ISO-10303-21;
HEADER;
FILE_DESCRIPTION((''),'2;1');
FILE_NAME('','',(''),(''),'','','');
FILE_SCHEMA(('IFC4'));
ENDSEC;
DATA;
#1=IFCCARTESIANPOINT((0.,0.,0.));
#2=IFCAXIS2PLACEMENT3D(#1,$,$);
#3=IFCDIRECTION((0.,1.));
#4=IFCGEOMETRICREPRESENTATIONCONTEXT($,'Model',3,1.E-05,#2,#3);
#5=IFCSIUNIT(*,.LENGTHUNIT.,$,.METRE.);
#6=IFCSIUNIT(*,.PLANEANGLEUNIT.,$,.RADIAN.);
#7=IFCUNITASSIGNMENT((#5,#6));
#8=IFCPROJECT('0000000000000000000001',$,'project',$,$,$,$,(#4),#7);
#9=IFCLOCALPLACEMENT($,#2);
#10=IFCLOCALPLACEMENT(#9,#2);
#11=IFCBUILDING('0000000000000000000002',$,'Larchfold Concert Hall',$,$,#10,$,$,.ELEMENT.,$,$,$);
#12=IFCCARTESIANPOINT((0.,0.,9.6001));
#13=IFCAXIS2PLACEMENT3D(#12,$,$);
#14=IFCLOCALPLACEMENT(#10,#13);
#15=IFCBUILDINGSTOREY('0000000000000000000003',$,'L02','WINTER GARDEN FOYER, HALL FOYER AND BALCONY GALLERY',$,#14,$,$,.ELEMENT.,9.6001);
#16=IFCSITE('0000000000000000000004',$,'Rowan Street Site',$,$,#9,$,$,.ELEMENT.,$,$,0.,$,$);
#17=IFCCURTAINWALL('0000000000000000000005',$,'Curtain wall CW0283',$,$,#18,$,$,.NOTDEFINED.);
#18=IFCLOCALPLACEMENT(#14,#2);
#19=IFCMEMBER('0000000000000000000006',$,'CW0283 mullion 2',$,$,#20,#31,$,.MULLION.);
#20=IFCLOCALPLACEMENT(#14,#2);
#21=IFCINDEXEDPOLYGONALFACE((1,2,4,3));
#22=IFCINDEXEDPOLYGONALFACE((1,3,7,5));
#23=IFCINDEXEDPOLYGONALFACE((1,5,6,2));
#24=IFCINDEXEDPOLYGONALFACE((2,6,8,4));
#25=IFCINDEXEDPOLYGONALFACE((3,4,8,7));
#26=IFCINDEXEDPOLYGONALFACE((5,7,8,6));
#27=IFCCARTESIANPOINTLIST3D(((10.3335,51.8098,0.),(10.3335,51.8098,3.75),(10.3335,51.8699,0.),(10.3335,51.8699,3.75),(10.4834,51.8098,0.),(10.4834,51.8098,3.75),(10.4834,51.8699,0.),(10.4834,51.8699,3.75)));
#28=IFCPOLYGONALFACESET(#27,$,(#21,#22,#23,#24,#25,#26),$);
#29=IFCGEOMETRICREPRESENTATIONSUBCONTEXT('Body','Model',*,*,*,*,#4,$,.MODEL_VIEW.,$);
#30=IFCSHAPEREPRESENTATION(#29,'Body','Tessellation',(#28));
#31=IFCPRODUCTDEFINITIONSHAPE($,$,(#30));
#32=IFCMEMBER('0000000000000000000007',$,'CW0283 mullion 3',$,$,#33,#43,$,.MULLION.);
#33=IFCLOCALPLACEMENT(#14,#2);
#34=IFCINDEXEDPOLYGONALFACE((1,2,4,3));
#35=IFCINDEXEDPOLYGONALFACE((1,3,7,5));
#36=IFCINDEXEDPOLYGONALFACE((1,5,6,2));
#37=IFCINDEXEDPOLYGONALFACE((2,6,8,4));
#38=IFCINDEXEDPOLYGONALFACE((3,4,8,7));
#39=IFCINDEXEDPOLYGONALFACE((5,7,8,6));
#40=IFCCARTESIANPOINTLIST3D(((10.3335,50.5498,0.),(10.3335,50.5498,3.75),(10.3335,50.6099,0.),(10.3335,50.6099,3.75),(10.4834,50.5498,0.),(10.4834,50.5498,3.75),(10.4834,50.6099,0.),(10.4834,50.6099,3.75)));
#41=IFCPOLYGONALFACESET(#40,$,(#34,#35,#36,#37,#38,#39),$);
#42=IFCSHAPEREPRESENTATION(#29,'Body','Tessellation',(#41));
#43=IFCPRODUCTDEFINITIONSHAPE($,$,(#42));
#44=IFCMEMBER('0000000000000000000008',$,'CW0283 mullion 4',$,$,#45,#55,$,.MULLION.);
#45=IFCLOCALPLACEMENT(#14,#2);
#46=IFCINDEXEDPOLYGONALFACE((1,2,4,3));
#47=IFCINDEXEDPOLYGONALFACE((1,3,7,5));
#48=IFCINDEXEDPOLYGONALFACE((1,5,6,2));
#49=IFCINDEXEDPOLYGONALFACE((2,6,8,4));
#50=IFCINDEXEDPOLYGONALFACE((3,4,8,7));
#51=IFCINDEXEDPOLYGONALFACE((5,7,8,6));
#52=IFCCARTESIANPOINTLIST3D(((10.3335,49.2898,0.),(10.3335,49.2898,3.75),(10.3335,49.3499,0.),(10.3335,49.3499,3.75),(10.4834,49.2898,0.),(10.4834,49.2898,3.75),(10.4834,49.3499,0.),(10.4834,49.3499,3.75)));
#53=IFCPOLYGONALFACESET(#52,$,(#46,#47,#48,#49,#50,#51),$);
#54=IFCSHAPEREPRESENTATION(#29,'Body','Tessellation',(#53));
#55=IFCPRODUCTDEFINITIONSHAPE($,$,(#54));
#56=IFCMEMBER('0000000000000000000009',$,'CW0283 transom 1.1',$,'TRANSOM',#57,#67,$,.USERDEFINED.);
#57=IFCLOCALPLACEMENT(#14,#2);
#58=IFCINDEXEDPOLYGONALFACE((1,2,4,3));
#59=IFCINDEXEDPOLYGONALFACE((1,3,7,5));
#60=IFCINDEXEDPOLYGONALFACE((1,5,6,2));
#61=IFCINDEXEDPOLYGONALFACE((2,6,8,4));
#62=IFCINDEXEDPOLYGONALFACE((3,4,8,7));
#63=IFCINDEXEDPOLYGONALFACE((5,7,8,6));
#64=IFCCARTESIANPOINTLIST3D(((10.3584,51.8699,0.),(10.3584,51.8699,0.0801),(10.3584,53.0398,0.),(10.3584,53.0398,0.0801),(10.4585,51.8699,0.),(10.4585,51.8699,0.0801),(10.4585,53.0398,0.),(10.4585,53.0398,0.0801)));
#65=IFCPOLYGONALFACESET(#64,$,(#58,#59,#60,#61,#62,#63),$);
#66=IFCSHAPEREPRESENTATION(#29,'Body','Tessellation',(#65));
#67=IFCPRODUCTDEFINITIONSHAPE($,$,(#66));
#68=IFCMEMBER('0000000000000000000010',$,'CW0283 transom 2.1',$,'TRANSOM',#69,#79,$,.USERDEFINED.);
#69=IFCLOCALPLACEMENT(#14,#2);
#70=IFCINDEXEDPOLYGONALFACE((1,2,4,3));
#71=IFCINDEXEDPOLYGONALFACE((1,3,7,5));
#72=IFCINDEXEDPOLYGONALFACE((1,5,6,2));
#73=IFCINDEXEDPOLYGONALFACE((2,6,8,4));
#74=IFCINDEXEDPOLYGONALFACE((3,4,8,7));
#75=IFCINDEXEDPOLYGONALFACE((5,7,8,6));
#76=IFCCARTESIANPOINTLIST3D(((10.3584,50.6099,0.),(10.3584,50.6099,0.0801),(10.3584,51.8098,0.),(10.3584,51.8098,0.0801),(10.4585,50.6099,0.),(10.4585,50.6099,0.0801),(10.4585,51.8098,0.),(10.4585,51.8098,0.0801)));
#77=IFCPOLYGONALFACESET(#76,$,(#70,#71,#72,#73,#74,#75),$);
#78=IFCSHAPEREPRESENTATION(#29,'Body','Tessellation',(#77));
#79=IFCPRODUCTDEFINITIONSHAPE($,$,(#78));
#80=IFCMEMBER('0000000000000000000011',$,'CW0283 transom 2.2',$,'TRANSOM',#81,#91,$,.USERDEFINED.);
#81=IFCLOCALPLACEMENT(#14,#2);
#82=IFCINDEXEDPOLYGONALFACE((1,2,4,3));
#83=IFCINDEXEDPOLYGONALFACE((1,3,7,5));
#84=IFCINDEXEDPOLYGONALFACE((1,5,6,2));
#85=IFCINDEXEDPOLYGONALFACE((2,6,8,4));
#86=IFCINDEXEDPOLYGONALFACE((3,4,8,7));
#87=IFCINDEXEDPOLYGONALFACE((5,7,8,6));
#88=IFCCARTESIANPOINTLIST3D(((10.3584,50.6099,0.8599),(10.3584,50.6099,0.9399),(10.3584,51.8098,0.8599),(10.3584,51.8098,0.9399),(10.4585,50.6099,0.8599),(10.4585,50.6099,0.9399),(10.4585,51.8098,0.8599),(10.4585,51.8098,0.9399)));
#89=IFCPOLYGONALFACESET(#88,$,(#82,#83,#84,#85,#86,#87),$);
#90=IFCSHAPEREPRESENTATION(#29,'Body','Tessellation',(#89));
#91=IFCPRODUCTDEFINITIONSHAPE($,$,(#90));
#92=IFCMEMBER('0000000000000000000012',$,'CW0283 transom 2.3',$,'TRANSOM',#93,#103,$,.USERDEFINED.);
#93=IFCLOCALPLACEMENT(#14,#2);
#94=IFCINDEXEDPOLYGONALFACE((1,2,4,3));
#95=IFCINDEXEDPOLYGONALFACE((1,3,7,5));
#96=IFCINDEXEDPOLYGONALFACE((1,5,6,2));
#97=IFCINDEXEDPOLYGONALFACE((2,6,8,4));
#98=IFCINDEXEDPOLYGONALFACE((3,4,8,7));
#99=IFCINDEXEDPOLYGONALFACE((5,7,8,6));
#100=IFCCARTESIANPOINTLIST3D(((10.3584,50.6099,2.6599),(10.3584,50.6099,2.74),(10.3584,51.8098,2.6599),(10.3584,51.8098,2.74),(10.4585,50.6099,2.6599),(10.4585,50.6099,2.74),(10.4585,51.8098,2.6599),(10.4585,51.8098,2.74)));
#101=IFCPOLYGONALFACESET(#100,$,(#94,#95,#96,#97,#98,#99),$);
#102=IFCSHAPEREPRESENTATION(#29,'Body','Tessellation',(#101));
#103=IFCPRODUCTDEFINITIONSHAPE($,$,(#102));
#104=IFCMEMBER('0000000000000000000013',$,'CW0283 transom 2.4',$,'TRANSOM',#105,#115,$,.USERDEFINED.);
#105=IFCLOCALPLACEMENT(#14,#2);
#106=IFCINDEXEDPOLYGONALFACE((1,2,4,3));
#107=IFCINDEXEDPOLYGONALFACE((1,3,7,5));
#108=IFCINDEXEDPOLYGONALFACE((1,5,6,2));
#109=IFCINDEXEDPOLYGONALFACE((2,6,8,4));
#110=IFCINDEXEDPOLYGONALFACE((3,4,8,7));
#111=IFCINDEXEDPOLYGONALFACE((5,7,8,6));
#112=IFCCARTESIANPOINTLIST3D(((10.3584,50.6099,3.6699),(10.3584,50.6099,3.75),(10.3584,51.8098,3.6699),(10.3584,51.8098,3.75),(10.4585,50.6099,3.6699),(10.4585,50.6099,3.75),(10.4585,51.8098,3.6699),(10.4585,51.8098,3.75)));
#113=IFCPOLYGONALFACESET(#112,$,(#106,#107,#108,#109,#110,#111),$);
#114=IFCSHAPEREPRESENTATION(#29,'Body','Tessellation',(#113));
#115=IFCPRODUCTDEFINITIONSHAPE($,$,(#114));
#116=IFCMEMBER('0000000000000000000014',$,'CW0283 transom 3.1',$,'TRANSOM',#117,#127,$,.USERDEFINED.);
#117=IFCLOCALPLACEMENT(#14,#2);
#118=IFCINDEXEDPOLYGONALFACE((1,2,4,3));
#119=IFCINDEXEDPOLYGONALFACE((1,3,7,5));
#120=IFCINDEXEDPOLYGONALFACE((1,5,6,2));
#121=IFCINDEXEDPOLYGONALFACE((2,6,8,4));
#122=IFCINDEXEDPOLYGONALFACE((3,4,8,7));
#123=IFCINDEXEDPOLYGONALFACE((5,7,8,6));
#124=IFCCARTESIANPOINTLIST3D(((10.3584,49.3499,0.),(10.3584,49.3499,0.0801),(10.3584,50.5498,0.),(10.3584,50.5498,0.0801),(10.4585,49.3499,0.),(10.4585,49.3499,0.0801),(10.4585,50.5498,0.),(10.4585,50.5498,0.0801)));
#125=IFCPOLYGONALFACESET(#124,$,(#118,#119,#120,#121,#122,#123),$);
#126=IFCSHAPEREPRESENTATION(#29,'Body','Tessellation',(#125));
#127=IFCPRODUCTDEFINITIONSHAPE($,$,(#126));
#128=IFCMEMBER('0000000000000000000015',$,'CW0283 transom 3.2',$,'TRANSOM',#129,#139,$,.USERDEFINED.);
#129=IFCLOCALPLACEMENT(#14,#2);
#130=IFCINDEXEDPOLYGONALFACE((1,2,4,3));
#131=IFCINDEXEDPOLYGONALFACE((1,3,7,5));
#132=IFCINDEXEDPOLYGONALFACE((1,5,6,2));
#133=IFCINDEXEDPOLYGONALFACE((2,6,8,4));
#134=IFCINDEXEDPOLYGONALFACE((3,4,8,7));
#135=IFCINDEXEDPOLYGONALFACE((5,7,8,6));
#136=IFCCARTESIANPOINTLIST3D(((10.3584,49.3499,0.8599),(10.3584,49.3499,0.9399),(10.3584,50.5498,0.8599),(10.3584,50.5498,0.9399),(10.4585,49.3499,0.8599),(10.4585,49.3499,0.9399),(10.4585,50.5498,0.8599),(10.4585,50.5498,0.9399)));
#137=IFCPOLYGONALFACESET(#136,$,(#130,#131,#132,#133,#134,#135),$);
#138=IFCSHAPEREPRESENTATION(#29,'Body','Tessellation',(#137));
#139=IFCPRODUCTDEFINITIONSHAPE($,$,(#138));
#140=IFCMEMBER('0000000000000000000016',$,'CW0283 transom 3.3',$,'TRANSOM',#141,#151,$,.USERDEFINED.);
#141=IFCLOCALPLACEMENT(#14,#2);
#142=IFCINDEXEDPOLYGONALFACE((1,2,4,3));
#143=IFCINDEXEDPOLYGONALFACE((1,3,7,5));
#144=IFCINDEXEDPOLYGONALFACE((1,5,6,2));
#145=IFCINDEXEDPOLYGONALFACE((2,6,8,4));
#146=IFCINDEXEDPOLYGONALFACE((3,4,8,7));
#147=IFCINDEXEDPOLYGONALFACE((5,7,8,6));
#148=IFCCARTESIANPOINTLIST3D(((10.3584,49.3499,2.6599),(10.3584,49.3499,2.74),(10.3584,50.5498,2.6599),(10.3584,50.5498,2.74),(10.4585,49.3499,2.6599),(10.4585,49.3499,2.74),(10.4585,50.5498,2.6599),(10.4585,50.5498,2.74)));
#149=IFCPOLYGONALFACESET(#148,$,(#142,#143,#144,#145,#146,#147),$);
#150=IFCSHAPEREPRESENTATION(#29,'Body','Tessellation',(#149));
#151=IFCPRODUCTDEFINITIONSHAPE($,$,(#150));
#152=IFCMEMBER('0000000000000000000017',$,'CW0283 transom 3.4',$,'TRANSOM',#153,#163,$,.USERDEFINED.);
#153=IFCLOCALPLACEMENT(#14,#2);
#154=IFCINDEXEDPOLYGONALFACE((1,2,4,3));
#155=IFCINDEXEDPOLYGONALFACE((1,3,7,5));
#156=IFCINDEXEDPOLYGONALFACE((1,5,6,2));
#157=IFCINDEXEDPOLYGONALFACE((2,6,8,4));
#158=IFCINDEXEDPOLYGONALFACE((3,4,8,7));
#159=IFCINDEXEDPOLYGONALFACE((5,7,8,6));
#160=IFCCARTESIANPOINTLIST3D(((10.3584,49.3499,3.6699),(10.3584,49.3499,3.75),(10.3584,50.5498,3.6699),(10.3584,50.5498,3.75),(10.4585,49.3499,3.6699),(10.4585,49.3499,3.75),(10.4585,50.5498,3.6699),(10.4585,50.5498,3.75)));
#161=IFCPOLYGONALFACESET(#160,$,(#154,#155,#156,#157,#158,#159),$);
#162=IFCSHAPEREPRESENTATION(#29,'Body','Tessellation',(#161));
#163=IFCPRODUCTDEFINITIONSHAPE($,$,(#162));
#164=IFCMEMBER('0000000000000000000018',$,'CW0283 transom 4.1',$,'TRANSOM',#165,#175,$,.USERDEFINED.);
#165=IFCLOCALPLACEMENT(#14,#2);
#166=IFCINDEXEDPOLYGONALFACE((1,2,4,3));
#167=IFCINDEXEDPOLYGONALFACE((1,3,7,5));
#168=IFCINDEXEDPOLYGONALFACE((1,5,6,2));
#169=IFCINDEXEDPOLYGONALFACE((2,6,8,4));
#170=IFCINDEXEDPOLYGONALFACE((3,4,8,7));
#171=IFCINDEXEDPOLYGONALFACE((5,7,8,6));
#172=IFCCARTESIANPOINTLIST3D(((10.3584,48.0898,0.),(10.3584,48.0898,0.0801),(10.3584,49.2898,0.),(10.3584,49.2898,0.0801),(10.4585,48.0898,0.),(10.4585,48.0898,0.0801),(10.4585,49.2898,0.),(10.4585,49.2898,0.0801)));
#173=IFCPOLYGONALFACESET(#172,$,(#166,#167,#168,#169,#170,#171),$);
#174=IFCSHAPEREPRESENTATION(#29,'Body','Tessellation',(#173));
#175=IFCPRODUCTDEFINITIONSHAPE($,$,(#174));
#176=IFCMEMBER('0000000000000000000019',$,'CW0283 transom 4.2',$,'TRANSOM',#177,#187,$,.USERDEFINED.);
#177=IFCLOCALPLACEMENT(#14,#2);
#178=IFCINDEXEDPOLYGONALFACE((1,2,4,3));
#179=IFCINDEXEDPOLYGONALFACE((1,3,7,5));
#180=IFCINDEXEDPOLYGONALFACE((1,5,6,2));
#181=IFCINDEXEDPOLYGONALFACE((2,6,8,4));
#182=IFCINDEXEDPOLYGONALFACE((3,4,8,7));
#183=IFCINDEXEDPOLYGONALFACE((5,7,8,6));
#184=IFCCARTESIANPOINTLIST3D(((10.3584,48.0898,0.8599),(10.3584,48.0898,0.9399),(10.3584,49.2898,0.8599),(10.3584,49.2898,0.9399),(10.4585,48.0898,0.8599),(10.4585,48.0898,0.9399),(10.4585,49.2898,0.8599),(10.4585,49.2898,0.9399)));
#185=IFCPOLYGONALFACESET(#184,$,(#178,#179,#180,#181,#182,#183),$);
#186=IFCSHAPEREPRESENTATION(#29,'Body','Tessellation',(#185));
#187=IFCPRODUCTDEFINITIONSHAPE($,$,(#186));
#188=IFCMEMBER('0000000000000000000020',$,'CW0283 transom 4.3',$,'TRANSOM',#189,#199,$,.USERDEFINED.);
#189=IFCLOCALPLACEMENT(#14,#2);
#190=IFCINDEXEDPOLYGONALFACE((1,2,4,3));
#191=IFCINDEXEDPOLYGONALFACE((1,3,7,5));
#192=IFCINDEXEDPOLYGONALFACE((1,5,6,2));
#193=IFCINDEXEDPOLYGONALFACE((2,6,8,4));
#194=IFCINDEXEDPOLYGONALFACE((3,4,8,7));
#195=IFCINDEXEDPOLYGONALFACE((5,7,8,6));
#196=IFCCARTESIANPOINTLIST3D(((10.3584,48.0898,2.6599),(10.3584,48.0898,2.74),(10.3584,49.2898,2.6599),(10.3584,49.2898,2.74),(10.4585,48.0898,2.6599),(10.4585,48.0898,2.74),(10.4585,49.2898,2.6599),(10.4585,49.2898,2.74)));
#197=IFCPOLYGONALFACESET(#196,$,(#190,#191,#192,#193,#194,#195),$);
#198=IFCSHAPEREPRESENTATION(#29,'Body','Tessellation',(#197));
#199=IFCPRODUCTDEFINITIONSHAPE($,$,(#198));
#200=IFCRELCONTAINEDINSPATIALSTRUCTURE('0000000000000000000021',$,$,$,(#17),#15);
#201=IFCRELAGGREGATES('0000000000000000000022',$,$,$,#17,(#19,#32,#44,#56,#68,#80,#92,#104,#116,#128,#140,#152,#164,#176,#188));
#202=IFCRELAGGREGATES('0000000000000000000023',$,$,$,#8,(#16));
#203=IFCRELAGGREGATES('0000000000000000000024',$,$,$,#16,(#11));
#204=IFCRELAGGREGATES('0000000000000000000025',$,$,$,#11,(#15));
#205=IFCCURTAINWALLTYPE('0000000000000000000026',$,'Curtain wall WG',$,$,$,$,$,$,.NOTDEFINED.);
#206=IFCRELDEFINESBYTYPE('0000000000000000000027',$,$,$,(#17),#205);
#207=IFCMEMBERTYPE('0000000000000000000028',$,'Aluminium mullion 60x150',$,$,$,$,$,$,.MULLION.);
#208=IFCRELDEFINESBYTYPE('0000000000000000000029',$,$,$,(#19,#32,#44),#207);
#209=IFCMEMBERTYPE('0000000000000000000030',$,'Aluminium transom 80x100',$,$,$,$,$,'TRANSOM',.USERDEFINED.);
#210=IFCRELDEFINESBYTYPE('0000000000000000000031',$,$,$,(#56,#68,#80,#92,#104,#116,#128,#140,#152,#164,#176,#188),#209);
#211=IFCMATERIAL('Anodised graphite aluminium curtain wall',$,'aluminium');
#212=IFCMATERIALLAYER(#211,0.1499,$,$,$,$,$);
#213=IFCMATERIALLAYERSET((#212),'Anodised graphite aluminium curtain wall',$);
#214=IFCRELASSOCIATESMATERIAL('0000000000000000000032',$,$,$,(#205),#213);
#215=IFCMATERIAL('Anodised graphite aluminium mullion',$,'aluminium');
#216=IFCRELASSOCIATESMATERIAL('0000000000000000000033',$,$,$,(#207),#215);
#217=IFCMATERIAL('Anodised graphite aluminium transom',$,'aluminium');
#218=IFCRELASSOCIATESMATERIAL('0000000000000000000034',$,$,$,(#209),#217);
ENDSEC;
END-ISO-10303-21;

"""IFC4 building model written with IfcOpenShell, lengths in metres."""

from ifc_helpers import new_model, si_unit, direction, frame, origin, origin_2d, place, context, subcontext, project, spatial, rectangle, extrude, material, layer, layer_set, material_profile, profile_set, type_object, element, aggregate, save


model = new_model("IFC4")

# Units and contexts
model_context = context("Model", 3, precision=1e-05, world=origin(), true_north=direction((0.0, 1.0)))
body_context = subcontext(model_context, "Body", "Model", "MODEL_VIEW")
ifc_project = project(units=[si_unit("LENGTHUNIT", "METRE"), si_unit("PLANEANGLEUNIT", "RADIAN")], contexts=[model_context])

# Site, building, storey
site_placement = place(None, origin())
site = spatial("IfcSite", under=ifc_project, at=site_placement, Name="Rowan Street Site", CompositionType="ELEMENT", RefElevation=0.0)
building_placement = place(site_placement, origin())
building = spatial("IfcBuilding", under=site, at=building_placement, Name="Larchfold Concert Hall", CompositionType="ELEMENT")
storey_placement = place(building_placement, frame((0.0, 0.0, 9.6001)))
storey = spatial("IfcBuildingStorey", under=building, at=storey_placement, Name="L02", Description="WINTER GARDEN FOYER, HALL FOYER AND BALCONY GALLERY", CompositionType="ELEMENT", Elevation=9.6001)

# Curtain wall, members
ifc_material_1 = material(Name="Anodised graphite aluminium curtain wall", Category="aluminium")
ifc_layer_1 = layer(ifc_material_1, 0.1499)
ifc_layer_set_1 = layer_set([ifc_layer_1], Name="Anodised graphite aluminium curtain wall")
curtain_wall_type = type_object("IfcCurtainWallType", Name="Curtain wall WG", PredefinedType="NOTDEFINED", material=ifc_layer_set_1)
curtain_wall_placement = place(storey_placement, origin())
curtain_wall = element("IfcCurtainWall", 1, at=curtain_wall_placement, inside=storey, type_object=curtain_wall_type, Name="Curtain wall CW0283", PredefinedType="NOTDEFINED")
ifc_material_2 = material(Name="Anodised graphite aluminium mullion", Category="aluminium")
ifc_material_profile_1 = material_profile(ifc_material_2, rectangle(XDim=0.1499, YDim=0.0601, at=origin_2d()))
ifc_profile_set_1 = profile_set([ifc_material_profile_1], Name="Anodised graphite aluminium mullion")
member_type_1 = type_object("IfcMemberType", Name="Aluminium mullion 60x150", PredefinedType="MULLION", material=ifc_profile_set_1)
member_1_placement = place(storey_placement, frame((10.4084, 51.8398, 0.0), z_axis=(0.0, 0.0, 1.0), x_axis=(1.0, 0.0, 0.0)))
member_1 = element("IfcMember", 2, at=member_1_placement, type_object=member_type_1, Name="CW0283 mullion 2", PredefinedType="MULLION", context=body_context, shape_type="SweptSolid", body=[
    extrude(rectangle(XDim=0.1499, YDim=0.0601, at=origin_2d()), origin(), (0.0, 0.0, 1.0), 3.75),
])
member_2_placement = place(storey_placement, frame((10.4084, 50.5798, 0.0), z_axis=(0.0, 0.0, 1.0), x_axis=(1.0, 0.0, 0.0)))
member_2 = element("IfcMember", 3, at=member_2_placement, type_object=member_type_1, Name="CW0283 mullion 3", PredefinedType="MULLION", context=body_context, shape_type="SweptSolid", body=[
    extrude(rectangle(XDim=0.1499, YDim=0.0601, at=origin_2d()), origin(), (0.0, 0.0, 1.0), 3.75),
])
member_3_placement = place(storey_placement, frame((10.4084, 49.3198, 0.0), z_axis=(0.0, 0.0, 1.0), x_axis=(1.0, 0.0, 0.0)))
member_3 = element("IfcMember", 4, at=member_3_placement, type_object=member_type_1, Name="CW0283 mullion 4", PredefinedType="MULLION", context=body_context, shape_type="SweptSolid", body=[
    extrude(rectangle(XDim=0.1499, YDim=0.0601, at=origin_2d()), origin(), (0.0, 0.0, 1.0), 3.75),
])
ifc_material_3 = material(Name="Anodised graphite aluminium transom", Category="aluminium")
ifc_material_profile_2 = material_profile(ifc_material_3, rectangle(XDim=0.1001, YDim=0.0801, at=origin_2d()))
ifc_profile_set_2 = profile_set([ifc_material_profile_2], Name="Anodised graphite aluminium transom")
member_type_2 = type_object("IfcMemberType", Name="Aluminium transom 80x100", ElementType="TRANSOM", PredefinedType="USERDEFINED", material=ifc_profile_set_2)
member_4_placement = place(storey_placement, frame((10.4084, 53.0398, 0.04), z_axis=(0.0, -1.0, 0.0), x_axis=(1.0, 0.0, 0.0)))
member_4 = element("IfcMember", 5, at=member_4_placement, type_object=member_type_2, Name="CW0283 transom 1.1", ObjectType="TRANSOM", PredefinedType="USERDEFINED", context=body_context, shape_type="SweptSolid", body=[
    extrude(rectangle(XDim=0.1001, YDim=0.0801, at=origin_2d()), origin(), (0.0, 0.0, 1.0), 1.1699),
])
member_5_placement = place(storey_placement, frame((10.4084, 51.8098, 0.04), z_axis=(0.0, -1.0, 0.0), x_axis=(1.0, 0.0, 0.0)))
member_5 = element("IfcMember", 6, at=member_5_placement, type_object=member_type_2, Name="CW0283 transom 2.1", ObjectType="TRANSOM", PredefinedType="USERDEFINED", context=body_context, shape_type="SweptSolid", body=[
    extrude(rectangle(XDim=0.1001, YDim=0.0801, at=origin_2d()), origin(), (0.0, 0.0, 1.0), 1.2),
])
member_6_placement = place(storey_placement, frame((10.4084, 51.8098, 0.8999), z_axis=(0.0, -1.0, 0.0), x_axis=(1.0, 0.0, 0.0)))
member_6 = element("IfcMember", 7, at=member_6_placement, type_object=member_type_2, Name="CW0283 transom 2.2", ObjectType="TRANSOM", PredefinedType="USERDEFINED", context=body_context, shape_type="SweptSolid", body=[
    extrude(rectangle(XDim=0.1001, YDim=0.0801, at=origin_2d()), origin(), (0.0, 0.0, 1.0), 1.2),
])
member_7_placement = place(storey_placement, frame((10.4084, 51.8098, 2.7), z_axis=(0.0, -1.0, 0.0), x_axis=(1.0, 0.0, 0.0)))
member_7 = element("IfcMember", 8, at=member_7_placement, type_object=member_type_2, Name="CW0283 transom 2.3", ObjectType="TRANSOM", PredefinedType="USERDEFINED", context=body_context, shape_type="SweptSolid", body=[
    extrude(rectangle(XDim=0.1001, YDim=0.0801, at=origin_2d()), origin(), (0.0, 0.0, 1.0), 1.2),
])
member_8_placement = place(storey_placement, frame((10.4084, 51.8098, 3.71), z_axis=(0.0, -1.0, 0.0), x_axis=(1.0, 0.0, 0.0)))
member_8 = element("IfcMember", 9, at=member_8_placement, type_object=member_type_2, Name="CW0283 transom 2.4", ObjectType="TRANSOM", PredefinedType="USERDEFINED", context=body_context, shape_type="SweptSolid", body=[
    extrude(rectangle(XDim=0.1001, YDim=0.0801, at=origin_2d()), origin(), (0.0, 0.0, 1.0), 1.2),
])
member_9_placement = place(storey_placement, frame((10.4084, 50.5498, 0.04), z_axis=(0.0, -1.0, 0.0), x_axis=(1.0, 0.0, 0.0)))
member_9 = element("IfcMember", 10, at=member_9_placement, type_object=member_type_2, Name="CW0283 transom 3.1", ObjectType="TRANSOM", PredefinedType="USERDEFINED", context=body_context, shape_type="SweptSolid", body=[
    extrude(rectangle(XDim=0.1001, YDim=0.0801, at=origin_2d()), origin(), (0.0, 0.0, 1.0), 1.2),
])
member_10_placement = place(storey_placement, frame((10.4084, 50.5498, 0.8999), z_axis=(0.0, -1.0, 0.0), x_axis=(1.0, 0.0, 0.0)))
member_10 = element("IfcMember", 11, at=member_10_placement, type_object=member_type_2, Name="CW0283 transom 3.2", ObjectType="TRANSOM", PredefinedType="USERDEFINED", context=body_context, shape_type="SweptSolid", body=[
    extrude(rectangle(XDim=0.1001, YDim=0.0801, at=origin_2d()), origin(), (0.0, 0.0, 1.0), 1.2),
])
member_11_placement = place(storey_placement, frame((10.4084, 50.5498, 2.7), z_axis=(0.0, -1.0, 0.0), x_axis=(1.0, 0.0, 0.0)))
member_11 = element("IfcMember", 12, at=member_11_placement, type_object=member_type_2, Name="CW0283 transom 3.3", ObjectType="TRANSOM", PredefinedType="USERDEFINED", context=body_context, shape_type="SweptSolid", body=[
    extrude(rectangle(XDim=0.1001, YDim=0.0801, at=origin_2d()), origin(), (0.0, 0.0, 1.0), 1.2),
])
member_12_placement = place(storey_placement, frame((10.4084, 50.5498, 3.71), z_axis=(0.0, -1.0, 0.0), x_axis=(1.0, 0.0, 0.0)))
member_12 = element("IfcMember", 13, at=member_12_placement, type_object=member_type_2, Name="CW0283 transom 3.4", ObjectType="TRANSOM", PredefinedType="USERDEFINED", context=body_context, shape_type="SweptSolid", body=[
    extrude(rectangle(XDim=0.1001, YDim=0.0801, at=origin_2d()), origin(), (0.0, 0.0, 1.0), 1.2),
])
member_13_placement = place(storey_placement, frame((10.4084, 49.2898, 0.04), z_axis=(0.0, -1.0, 0.0), x_axis=(1.0, 0.0, 0.0)))
member_13 = element("IfcMember", 14, at=member_13_placement, type_object=member_type_2, Name="CW0283 transom 4.1", ObjectType="TRANSOM", PredefinedType="USERDEFINED", context=body_context, shape_type="SweptSolid", body=[
    extrude(rectangle(XDim=0.1001, YDim=0.0801, at=origin_2d()), origin(), (0.0, 0.0, 1.0), 1.2),
])
member_14_placement = place(storey_placement, frame((10.4084, 49.2898, 0.8999), z_axis=(0.0, -1.0, 0.0), x_axis=(1.0, 0.0, 0.0)))
member_14 = element("IfcMember", 15, at=member_14_placement, type_object=member_type_2, Name="CW0283 transom 4.2", ObjectType="TRANSOM", PredefinedType="USERDEFINED", context=body_context, shape_type="SweptSolid", body=[
    extrude(rectangle(XDim=0.1001, YDim=0.0801, at=origin_2d()), origin(), (0.0, 0.0, 1.0), 1.2),
])
member_15_placement = place(storey_placement, frame((10.4084, 49.2898, 2.7), z_axis=(0.0, -1.0, 0.0), x_axis=(1.0, 0.0, 0.0)))
member_15 = element("IfcMember", 16, at=member_15_placement, type_object=member_type_2, Name="CW0283 transom 4.3", ObjectType="TRANSOM", PredefinedType="USERDEFINED", context=body_context, shape_type="SweptSolid", body=[
    extrude(rectangle(XDim=0.1001, YDim=0.0801, at=origin_2d()), origin(), (0.0, 0.0, 1.0), 1.2),
])

aggregate(curtain_wall, [member_1, member_2, member_3, member_4, member_5, member_6, member_7, member_8, member_9, member_10, member_11, member_12, member_13, member_14, member_15])

save(model, "model.ifc")
